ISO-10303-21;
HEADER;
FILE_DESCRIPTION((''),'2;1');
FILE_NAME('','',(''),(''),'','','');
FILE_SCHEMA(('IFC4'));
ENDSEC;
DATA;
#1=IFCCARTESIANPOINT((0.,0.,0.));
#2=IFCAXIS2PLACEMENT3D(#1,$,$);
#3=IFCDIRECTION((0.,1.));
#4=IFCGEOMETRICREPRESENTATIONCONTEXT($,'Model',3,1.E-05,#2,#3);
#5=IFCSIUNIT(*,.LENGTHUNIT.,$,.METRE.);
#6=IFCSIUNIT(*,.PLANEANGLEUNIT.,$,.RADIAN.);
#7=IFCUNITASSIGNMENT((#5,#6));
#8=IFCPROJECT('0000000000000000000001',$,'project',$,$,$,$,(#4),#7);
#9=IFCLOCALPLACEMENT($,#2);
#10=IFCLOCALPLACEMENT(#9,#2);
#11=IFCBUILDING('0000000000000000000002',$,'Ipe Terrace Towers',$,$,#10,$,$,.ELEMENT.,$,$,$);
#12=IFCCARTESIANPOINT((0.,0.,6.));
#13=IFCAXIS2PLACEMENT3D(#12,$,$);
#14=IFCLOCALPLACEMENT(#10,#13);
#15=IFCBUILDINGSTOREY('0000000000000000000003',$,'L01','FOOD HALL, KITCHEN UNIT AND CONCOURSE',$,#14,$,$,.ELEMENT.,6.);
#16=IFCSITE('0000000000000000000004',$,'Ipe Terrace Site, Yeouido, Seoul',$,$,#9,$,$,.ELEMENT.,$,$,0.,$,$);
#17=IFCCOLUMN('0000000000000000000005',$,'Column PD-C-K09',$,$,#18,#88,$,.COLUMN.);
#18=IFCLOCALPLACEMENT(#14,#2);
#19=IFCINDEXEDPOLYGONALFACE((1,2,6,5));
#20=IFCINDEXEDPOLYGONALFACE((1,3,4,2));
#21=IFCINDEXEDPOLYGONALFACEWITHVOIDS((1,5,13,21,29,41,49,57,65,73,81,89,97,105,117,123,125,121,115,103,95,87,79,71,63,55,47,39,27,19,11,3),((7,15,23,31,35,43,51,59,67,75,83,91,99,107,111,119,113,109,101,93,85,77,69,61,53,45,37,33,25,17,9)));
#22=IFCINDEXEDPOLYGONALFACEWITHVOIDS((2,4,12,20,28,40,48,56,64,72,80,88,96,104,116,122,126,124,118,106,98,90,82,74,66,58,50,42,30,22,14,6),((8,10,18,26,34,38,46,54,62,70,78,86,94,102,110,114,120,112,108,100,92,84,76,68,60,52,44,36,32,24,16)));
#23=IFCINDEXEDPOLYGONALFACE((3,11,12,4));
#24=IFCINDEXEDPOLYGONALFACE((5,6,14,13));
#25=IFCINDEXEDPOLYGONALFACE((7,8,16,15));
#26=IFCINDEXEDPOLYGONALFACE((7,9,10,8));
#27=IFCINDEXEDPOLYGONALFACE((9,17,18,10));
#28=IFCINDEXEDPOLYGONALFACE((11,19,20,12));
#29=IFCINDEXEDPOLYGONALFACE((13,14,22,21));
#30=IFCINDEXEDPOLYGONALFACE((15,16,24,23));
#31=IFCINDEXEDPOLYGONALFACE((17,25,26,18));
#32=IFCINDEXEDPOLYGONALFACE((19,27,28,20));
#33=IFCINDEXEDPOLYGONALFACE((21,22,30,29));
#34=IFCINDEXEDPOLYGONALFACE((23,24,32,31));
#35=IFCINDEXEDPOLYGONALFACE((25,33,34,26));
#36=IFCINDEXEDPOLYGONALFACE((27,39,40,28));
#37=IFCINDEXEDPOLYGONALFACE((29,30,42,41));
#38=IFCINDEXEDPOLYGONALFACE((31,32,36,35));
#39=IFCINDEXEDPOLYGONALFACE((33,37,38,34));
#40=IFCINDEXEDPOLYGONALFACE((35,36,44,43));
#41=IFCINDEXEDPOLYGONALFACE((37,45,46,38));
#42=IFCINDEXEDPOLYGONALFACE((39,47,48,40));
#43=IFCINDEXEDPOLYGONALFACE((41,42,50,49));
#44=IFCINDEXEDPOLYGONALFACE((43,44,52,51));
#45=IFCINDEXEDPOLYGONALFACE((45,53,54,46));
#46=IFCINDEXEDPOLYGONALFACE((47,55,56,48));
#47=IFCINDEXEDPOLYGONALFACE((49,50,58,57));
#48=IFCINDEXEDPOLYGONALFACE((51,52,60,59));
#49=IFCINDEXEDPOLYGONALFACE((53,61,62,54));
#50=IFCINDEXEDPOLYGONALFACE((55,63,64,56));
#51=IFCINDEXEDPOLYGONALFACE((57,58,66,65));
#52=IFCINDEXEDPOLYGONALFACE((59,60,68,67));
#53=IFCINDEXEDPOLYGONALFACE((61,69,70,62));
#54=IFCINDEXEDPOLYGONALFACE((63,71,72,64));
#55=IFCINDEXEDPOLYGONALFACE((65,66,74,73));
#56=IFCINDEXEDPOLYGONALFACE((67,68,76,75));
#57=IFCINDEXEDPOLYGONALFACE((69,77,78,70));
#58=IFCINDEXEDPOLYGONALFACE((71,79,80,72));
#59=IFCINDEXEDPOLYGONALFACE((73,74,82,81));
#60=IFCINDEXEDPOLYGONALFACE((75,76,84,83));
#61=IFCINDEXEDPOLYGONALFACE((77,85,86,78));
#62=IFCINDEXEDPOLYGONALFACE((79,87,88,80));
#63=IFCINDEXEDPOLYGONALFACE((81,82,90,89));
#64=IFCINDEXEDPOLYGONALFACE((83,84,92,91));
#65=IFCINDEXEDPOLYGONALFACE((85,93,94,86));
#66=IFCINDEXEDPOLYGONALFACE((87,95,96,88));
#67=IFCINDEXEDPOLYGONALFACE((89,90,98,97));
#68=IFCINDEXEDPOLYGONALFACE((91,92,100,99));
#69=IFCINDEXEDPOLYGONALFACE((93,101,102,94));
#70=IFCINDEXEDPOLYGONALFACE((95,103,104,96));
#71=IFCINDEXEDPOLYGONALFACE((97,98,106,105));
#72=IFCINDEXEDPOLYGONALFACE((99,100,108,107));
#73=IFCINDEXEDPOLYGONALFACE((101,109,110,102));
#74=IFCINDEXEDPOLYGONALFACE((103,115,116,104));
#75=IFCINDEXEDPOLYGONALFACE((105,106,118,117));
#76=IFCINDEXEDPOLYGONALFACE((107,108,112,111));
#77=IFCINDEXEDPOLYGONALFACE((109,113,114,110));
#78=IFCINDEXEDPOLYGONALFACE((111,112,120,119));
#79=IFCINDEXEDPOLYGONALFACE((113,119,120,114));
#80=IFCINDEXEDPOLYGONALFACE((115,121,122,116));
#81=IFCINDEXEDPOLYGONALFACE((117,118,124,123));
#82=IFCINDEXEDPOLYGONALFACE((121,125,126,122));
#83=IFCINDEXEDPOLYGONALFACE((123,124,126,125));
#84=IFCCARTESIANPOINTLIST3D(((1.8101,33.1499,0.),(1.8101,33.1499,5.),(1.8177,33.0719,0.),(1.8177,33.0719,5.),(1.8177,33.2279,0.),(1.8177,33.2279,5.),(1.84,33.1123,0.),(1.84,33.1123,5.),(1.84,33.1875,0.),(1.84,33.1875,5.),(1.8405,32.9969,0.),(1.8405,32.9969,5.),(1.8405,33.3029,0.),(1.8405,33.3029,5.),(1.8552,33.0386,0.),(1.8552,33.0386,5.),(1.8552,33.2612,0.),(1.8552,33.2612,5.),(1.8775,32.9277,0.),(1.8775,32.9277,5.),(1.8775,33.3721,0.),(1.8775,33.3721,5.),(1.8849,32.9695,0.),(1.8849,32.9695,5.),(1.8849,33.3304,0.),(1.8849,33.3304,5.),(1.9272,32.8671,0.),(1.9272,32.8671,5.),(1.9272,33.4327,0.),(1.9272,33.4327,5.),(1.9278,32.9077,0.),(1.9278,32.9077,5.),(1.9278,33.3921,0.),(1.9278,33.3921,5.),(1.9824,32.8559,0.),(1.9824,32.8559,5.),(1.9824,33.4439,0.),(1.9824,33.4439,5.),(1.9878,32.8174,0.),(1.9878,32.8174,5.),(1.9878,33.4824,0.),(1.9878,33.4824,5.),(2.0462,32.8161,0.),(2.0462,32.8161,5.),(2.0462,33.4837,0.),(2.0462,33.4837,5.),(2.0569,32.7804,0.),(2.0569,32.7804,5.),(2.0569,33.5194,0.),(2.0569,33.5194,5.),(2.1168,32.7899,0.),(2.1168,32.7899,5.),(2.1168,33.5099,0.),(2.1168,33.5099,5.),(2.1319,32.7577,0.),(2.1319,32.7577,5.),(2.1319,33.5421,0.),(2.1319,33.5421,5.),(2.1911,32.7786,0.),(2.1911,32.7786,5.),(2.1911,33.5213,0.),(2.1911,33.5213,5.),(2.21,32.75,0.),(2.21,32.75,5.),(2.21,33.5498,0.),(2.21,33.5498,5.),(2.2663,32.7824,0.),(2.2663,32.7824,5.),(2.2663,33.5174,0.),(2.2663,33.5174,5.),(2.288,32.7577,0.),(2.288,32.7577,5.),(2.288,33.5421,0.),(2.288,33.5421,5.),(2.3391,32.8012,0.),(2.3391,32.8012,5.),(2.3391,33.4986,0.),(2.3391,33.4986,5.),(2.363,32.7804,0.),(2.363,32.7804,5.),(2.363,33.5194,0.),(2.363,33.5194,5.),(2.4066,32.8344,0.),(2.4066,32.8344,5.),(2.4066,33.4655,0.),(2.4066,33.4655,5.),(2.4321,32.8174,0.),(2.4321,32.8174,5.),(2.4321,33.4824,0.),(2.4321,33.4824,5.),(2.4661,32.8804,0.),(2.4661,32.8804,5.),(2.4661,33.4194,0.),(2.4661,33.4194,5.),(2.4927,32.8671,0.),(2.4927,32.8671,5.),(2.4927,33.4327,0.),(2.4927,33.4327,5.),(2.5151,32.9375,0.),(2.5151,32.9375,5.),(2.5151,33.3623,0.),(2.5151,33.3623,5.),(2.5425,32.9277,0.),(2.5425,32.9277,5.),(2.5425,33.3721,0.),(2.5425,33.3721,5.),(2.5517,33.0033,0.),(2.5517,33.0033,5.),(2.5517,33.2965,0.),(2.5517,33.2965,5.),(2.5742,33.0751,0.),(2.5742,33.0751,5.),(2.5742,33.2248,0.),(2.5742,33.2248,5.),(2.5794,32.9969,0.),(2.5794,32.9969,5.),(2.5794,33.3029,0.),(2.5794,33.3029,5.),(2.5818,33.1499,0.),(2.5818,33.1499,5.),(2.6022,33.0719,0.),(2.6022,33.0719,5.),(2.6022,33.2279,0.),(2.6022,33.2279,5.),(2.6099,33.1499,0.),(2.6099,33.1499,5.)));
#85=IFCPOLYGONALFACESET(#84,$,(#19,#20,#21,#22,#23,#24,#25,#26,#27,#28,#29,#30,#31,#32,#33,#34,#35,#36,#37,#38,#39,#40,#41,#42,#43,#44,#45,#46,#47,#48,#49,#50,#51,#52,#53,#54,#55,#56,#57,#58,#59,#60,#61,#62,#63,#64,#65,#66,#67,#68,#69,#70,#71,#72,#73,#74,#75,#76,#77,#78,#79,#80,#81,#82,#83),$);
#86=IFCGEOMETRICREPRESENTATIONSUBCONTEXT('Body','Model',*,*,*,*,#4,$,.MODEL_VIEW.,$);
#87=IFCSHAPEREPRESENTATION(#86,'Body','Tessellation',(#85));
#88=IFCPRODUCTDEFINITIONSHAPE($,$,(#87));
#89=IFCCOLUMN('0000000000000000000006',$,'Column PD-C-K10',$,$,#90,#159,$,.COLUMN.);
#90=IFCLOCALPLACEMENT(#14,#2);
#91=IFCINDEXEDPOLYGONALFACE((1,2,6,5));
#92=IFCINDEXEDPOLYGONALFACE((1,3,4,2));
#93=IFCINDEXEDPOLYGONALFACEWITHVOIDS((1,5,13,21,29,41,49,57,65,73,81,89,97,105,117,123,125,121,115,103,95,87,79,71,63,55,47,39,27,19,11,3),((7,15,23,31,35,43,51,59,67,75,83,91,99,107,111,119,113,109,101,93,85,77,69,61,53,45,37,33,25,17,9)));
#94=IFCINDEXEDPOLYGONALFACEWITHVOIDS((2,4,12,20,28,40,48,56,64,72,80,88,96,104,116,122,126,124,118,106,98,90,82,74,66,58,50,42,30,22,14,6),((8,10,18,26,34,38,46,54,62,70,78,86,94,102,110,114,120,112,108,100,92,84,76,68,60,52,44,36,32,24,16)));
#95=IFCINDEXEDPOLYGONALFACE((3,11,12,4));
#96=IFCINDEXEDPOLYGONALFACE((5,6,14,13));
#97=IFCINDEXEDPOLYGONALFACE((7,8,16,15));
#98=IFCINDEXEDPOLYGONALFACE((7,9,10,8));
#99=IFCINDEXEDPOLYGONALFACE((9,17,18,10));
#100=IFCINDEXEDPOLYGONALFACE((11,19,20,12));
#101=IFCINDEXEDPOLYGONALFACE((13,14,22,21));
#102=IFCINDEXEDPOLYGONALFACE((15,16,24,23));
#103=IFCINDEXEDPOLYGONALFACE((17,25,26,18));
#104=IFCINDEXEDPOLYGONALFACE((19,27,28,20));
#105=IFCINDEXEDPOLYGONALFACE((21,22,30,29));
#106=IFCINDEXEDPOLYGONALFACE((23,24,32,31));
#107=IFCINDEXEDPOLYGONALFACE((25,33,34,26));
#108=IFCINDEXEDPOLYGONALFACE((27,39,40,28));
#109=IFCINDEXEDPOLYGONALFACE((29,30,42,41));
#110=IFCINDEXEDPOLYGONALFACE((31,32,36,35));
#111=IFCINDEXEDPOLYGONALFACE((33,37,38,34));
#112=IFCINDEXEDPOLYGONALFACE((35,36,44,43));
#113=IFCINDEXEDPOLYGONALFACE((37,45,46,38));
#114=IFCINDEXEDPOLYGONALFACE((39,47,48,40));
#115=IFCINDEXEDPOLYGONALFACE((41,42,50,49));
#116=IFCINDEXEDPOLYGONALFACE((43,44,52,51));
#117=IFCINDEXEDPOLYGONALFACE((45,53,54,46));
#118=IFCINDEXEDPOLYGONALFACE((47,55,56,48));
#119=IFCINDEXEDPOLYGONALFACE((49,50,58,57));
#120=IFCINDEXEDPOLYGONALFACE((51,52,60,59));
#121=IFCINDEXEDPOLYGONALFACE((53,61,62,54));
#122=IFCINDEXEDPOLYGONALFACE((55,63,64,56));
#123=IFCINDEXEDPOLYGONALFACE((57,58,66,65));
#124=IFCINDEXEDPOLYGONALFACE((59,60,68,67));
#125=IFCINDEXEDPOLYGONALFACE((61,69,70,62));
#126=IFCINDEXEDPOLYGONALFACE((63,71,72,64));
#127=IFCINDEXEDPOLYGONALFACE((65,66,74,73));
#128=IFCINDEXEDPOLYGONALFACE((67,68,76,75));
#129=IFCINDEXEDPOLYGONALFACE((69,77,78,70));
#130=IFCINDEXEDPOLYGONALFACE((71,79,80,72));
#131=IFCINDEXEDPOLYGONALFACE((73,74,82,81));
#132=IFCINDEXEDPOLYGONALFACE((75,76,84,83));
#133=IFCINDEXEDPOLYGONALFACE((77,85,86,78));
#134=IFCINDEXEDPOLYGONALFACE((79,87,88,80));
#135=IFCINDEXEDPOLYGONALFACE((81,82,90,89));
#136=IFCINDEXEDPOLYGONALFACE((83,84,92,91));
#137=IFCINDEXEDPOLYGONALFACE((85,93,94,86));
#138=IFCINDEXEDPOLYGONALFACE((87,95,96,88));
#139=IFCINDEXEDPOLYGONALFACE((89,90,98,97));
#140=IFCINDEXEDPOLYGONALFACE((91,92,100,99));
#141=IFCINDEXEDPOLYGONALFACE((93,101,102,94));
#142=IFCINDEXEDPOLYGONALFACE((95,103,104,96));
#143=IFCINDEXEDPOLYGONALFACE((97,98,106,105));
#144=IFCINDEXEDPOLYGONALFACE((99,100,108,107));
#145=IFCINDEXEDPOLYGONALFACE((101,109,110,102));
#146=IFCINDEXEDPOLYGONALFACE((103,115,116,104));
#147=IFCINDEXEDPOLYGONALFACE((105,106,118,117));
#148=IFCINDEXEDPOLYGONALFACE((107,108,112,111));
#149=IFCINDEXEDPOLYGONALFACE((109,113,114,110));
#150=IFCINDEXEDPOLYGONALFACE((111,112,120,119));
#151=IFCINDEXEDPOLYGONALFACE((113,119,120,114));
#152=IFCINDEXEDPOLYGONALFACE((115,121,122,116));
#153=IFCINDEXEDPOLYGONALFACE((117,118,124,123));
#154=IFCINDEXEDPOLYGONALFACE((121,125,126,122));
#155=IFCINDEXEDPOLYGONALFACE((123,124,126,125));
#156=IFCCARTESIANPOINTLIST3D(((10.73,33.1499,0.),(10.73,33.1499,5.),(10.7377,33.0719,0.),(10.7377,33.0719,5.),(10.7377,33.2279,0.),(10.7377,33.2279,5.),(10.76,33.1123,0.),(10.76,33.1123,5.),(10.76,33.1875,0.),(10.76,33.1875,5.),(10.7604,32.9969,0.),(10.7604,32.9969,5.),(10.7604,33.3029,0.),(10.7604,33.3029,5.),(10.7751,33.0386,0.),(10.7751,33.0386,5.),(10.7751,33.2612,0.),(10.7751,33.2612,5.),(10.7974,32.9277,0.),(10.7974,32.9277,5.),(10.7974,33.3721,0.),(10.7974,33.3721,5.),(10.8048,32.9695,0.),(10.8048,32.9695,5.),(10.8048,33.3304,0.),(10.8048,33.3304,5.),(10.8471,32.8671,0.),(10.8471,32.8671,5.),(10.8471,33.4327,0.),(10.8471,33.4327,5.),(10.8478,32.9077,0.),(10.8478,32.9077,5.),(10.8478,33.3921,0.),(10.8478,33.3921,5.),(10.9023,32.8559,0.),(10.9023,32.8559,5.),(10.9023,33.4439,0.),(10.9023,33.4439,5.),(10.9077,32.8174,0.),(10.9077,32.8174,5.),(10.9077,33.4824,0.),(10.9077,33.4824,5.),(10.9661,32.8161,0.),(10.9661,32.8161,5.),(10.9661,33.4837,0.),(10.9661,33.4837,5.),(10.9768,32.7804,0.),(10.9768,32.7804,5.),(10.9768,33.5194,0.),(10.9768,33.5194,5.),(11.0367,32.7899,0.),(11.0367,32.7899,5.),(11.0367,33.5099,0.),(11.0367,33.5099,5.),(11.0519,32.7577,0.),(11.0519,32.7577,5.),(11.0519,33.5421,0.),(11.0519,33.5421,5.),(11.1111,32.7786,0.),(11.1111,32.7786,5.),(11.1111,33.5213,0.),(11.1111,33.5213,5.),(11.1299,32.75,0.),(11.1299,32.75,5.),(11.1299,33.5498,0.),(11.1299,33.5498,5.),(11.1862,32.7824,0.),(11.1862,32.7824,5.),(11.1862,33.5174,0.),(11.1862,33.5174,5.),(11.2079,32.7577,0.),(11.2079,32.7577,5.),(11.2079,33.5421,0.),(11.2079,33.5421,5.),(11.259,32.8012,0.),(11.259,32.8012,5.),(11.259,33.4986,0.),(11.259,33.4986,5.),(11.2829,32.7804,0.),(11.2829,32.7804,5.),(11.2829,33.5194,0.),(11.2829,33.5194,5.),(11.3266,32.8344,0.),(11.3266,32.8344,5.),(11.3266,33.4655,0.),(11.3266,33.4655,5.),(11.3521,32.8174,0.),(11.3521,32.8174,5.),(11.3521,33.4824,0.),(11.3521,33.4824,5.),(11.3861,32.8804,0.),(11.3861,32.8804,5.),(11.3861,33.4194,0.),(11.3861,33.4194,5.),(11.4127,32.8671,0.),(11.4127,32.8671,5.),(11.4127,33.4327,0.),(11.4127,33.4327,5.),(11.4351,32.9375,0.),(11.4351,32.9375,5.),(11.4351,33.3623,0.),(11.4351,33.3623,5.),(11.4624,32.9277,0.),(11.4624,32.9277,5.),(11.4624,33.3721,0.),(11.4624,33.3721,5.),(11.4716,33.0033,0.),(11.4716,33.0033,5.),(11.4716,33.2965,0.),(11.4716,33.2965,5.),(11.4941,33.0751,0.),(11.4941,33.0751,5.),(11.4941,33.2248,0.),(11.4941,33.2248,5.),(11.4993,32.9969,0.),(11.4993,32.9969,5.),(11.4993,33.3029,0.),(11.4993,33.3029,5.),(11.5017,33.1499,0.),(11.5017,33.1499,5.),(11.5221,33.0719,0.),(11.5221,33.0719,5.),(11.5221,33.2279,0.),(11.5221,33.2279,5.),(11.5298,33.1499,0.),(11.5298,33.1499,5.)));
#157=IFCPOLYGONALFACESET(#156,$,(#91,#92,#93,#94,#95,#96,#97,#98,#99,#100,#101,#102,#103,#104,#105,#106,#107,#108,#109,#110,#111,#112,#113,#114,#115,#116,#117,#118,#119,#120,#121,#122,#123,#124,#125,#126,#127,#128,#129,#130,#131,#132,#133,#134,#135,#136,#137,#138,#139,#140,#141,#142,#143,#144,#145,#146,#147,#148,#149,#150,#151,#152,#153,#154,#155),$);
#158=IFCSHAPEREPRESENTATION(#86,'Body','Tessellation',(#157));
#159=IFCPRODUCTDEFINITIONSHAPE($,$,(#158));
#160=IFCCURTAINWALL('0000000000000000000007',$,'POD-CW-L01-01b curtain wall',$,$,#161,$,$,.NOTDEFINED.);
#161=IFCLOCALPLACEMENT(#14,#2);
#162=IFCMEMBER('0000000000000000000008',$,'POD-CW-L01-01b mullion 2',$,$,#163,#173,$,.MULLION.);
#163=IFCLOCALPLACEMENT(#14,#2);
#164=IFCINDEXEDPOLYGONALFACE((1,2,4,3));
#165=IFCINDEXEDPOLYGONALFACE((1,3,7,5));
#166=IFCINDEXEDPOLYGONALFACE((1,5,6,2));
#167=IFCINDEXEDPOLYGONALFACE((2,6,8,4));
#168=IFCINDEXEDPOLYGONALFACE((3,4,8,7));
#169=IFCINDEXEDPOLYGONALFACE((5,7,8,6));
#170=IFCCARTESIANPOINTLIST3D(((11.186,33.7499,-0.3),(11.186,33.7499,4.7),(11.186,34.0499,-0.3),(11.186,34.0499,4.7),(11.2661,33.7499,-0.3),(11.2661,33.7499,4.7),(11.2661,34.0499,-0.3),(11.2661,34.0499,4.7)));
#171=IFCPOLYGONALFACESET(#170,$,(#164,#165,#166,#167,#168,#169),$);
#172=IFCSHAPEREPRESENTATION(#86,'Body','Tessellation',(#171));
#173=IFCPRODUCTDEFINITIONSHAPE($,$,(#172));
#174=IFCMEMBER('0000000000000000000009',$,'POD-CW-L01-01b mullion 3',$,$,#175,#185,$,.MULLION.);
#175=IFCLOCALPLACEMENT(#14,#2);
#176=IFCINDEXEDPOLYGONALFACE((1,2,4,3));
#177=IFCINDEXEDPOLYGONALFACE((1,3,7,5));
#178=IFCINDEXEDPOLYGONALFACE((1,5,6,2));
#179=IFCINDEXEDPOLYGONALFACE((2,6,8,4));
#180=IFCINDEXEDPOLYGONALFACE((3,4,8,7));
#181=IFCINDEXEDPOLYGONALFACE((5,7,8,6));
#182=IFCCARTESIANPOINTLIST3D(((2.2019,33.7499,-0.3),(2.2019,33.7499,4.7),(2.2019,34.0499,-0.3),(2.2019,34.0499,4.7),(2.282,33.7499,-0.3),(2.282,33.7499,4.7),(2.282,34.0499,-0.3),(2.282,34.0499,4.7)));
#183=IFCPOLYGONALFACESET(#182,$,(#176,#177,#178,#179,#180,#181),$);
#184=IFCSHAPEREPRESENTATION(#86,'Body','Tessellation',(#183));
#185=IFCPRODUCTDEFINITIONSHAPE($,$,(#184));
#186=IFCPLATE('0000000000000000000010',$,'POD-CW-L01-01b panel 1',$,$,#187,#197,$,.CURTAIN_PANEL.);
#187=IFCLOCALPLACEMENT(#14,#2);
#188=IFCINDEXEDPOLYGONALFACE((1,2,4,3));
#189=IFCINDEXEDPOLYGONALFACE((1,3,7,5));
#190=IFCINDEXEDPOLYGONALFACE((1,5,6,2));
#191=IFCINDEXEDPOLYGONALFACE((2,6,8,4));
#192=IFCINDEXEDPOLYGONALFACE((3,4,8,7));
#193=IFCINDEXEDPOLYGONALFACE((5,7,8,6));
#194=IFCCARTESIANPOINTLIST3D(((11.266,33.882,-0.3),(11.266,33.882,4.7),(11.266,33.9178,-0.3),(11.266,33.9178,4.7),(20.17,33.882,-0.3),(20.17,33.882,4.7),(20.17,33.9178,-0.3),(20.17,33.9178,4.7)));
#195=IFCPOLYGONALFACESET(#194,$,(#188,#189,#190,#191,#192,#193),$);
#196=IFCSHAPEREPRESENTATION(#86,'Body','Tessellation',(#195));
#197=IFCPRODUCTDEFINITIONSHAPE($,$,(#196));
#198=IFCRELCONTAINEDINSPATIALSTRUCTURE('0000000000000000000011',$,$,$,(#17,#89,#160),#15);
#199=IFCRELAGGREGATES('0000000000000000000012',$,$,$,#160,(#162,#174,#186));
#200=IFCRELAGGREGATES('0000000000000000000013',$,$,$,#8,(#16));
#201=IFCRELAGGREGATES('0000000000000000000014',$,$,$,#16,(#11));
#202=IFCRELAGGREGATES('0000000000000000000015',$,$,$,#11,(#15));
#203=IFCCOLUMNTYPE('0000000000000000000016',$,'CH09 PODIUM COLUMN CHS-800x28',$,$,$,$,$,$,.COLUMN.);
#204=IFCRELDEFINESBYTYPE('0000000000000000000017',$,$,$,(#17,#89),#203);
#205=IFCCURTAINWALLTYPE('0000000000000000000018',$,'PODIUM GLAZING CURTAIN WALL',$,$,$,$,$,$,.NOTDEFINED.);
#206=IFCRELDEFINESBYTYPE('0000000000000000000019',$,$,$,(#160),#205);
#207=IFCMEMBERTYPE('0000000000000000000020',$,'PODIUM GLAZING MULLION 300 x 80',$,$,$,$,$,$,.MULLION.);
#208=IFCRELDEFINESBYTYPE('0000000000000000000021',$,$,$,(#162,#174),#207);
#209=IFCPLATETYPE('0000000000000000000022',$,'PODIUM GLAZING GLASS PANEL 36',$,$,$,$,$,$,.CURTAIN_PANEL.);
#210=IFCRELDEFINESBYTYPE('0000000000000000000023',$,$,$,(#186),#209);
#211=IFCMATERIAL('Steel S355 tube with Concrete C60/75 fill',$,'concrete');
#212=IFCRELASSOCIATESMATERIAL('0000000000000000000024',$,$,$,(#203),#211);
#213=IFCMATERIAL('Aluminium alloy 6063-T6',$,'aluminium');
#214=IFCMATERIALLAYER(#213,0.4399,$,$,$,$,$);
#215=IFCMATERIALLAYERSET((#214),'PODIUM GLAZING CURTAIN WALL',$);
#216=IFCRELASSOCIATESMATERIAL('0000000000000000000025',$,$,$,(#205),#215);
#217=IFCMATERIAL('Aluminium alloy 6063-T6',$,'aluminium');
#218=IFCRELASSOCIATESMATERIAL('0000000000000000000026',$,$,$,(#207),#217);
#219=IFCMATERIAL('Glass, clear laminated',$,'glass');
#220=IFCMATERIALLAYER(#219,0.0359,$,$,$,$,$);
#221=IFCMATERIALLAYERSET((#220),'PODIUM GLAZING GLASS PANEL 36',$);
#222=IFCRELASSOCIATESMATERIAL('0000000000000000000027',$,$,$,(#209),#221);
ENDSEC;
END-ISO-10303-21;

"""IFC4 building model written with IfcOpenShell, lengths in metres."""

from ifc_helpers import new_model, si_unit, direction, frame, origin, origin_2d, place, context, subcontext, project, spatial, rectangle, hollow_circle, extrude, material, layer, layer_set, material_profile, profile_set, type_object, element, aggregate, save


model = new_model("IFC4")

# Units and contexts
model_context = context("Model", 3, precision=1e-05, world=origin(), true_north=direction((0.0, 1.0)))
body_context = subcontext(model_context, "Body", "Model", "MODEL_VIEW")
ifc_project = project(units=[si_unit("LENGTHUNIT", "METRE"), si_unit("PLANEANGLEUNIT", "RADIAN")], contexts=[model_context])

# Site, building, storey
site_placement = place(None, origin())
site = spatial("IfcSite", under=ifc_project, at=site_placement, Name="Ipe Terrace Site, Yeouido, Seoul", CompositionType="ELEMENT", RefElevation=0.0)
building_placement = place(site_placement, origin())
building = spatial("IfcBuilding", under=site, at=building_placement, Name="Ipe Terrace Towers", CompositionType="ELEMENT")
storey_placement = place(building_placement, frame((0.0, 0.0, 6.0)))
storey = spatial("IfcBuildingStorey", under=building, at=storey_placement, Name="L01", Description="FOOD HALL, KITCHEN UNIT AND CONCOURSE", CompositionType="ELEMENT", Elevation=6.0)

# Columns
ifc_material_1 = material(Name="Steel S355 tube with Concrete C60/75 fill", Category="concrete")
ifc_material_profile_1 = material_profile(ifc_material_1, hollow_circle(Radius=0.3999, WallThickness=0.0281, at=origin_2d()), Name="CHS-800x28")
ifc_profile_set_1 = profile_set([ifc_material_profile_1], Name="Steel S355 tube with Concrete C60/75 fill")
column_type = type_object("IfcColumnType", Name="CH09 PODIUM COLUMN CHS-800x28", PredefinedType="COLUMN", material=ifc_profile_set_1)
for number, where, z_axis, x_axis, name in (
    (1, (2.21, 33.1499, 0.0), (0.0, 0.0, 1.0), (1.0, 0.0, 0.0), "Column PD-C-K09"),
    (2, (11.1299, 33.1499, 0.0), (0.0, 0.0, 1.0), (1.0, 0.0, 0.0), "Column PD-C-K10"),
):
    element("IfcColumn", number, at=place(storey_placement, frame(where, z_axis=z_axis, x_axis=x_axis)), inside=storey, type_object=column_type, Name=name, PredefinedType="COLUMN", context=body_context, shape_type="SweptSolid", body=[
        extrude(hollow_circle(Radius=0.3999, WallThickness=0.0281, at=origin_2d()), origin(), (0.0, 0.0, 1.0), 5.0),
    ])

# Curtain wall, members, plate
ifc_material_2 = material(Name="Aluminium alloy 6063-T6", Category="aluminium")
ifc_layer_1 = layer(ifc_material_2, 0.4399)
ifc_layer_set_1 = layer_set([ifc_layer_1], Name="PODIUM GLAZING CURTAIN WALL")
curtain_wall_type = type_object("IfcCurtainWallType", Name="PODIUM GLAZING CURTAIN WALL", PredefinedType="NOTDEFINED", material=ifc_layer_set_1)
curtain_wall_placement = place(storey_placement, origin())
curtain_wall = element("IfcCurtainWall", 3, at=curtain_wall_placement, inside=storey, type_object=curtain_wall_type, Name="POD-CW-L01-01b curtain wall", PredefinedType="NOTDEFINED")
ifc_material_3 = material(Name="Aluminium alloy 6063-T6", Category="aluminium")
ifc_material_profile_2 = material_profile(ifc_material_3, rectangle(XDim=0.3, YDim=0.0801, at=origin_2d()), Name="PODIUM GLAZING MULLION 300 x 80")
ifc_profile_set_2 = profile_set([ifc_material_profile_2], Name="Aluminium alloy 6063-T6")
member_type = type_object("IfcMemberType", Name="PODIUM GLAZING MULLION 300 x 80", PredefinedType="MULLION", material=ifc_profile_set_2)
member_1_placement = place(storey_placement, frame((11.2261, 33.8999, -0.3), z_axis=(0.0, 0.0, 1.0), x_axis=(0.0, 1.0, 0.0)))
member_1 = element("IfcMember", 4, at=member_1_placement, type_object=member_type, Name="POD-CW-L01-01b mullion 2", PredefinedType="MULLION", context=body_context, shape_type="SweptSolid", body=[
    extrude(rectangle(XDim=0.3, YDim=0.0801, at=origin_2d()), origin(), (0.0, 0.0, 1.0), 5.0),
])
member_2_placement = place(storey_placement, frame((2.2419, 33.8999, -0.3), z_axis=(0.0, 0.0, 1.0), x_axis=(0.0, 1.0, 0.0)))
member_2 = element("IfcMember", 5, at=member_2_placement, type_object=member_type, Name="POD-CW-L01-01b mullion 3", PredefinedType="MULLION", context=body_context, shape_type="SweptSolid", body=[
    extrude(rectangle(XDim=0.3, YDim=0.0801, at=origin_2d()), origin(), (0.0, 0.0, 1.0), 5.0),
])
ifc_material_4 = material(Name="Glass, clear laminated", Category="glass")
ifc_layer_2 = layer(ifc_material_4, 0.0359)
ifc_layer_set_2 = layer_set([ifc_layer_2], Name="PODIUM GLAZING GLASS PANEL 36")
plate_type = type_object("IfcPlateType", Name="PODIUM GLAZING GLASS PANEL 36", PredefinedType="CURTAIN_PANEL", material=ifc_layer_set_2)
plate_1_placement = place(storey_placement, frame((15.718, 33.8999, -0.3), z_axis=(0.0, 0.0, 1.0), x_axis=(-1.0, 0.0, 0.0)))
plate_1 = element("IfcPlate", 6, at=plate_1_placement, type_object=plate_type, Name="POD-CW-L01-01b panel 1", PredefinedType="CURTAIN_PANEL", context=body_context, shape_type="SweptSolid", body=[
    extrude(rectangle(XDim=8.9041, YDim=0.0359, at=origin_2d()), origin(), (0.0, 0.0, 1.0), 5.0),
])
aggregate(curtain_wall, [member_1, member_2, plate_1])

save(model, "model.ifc")
